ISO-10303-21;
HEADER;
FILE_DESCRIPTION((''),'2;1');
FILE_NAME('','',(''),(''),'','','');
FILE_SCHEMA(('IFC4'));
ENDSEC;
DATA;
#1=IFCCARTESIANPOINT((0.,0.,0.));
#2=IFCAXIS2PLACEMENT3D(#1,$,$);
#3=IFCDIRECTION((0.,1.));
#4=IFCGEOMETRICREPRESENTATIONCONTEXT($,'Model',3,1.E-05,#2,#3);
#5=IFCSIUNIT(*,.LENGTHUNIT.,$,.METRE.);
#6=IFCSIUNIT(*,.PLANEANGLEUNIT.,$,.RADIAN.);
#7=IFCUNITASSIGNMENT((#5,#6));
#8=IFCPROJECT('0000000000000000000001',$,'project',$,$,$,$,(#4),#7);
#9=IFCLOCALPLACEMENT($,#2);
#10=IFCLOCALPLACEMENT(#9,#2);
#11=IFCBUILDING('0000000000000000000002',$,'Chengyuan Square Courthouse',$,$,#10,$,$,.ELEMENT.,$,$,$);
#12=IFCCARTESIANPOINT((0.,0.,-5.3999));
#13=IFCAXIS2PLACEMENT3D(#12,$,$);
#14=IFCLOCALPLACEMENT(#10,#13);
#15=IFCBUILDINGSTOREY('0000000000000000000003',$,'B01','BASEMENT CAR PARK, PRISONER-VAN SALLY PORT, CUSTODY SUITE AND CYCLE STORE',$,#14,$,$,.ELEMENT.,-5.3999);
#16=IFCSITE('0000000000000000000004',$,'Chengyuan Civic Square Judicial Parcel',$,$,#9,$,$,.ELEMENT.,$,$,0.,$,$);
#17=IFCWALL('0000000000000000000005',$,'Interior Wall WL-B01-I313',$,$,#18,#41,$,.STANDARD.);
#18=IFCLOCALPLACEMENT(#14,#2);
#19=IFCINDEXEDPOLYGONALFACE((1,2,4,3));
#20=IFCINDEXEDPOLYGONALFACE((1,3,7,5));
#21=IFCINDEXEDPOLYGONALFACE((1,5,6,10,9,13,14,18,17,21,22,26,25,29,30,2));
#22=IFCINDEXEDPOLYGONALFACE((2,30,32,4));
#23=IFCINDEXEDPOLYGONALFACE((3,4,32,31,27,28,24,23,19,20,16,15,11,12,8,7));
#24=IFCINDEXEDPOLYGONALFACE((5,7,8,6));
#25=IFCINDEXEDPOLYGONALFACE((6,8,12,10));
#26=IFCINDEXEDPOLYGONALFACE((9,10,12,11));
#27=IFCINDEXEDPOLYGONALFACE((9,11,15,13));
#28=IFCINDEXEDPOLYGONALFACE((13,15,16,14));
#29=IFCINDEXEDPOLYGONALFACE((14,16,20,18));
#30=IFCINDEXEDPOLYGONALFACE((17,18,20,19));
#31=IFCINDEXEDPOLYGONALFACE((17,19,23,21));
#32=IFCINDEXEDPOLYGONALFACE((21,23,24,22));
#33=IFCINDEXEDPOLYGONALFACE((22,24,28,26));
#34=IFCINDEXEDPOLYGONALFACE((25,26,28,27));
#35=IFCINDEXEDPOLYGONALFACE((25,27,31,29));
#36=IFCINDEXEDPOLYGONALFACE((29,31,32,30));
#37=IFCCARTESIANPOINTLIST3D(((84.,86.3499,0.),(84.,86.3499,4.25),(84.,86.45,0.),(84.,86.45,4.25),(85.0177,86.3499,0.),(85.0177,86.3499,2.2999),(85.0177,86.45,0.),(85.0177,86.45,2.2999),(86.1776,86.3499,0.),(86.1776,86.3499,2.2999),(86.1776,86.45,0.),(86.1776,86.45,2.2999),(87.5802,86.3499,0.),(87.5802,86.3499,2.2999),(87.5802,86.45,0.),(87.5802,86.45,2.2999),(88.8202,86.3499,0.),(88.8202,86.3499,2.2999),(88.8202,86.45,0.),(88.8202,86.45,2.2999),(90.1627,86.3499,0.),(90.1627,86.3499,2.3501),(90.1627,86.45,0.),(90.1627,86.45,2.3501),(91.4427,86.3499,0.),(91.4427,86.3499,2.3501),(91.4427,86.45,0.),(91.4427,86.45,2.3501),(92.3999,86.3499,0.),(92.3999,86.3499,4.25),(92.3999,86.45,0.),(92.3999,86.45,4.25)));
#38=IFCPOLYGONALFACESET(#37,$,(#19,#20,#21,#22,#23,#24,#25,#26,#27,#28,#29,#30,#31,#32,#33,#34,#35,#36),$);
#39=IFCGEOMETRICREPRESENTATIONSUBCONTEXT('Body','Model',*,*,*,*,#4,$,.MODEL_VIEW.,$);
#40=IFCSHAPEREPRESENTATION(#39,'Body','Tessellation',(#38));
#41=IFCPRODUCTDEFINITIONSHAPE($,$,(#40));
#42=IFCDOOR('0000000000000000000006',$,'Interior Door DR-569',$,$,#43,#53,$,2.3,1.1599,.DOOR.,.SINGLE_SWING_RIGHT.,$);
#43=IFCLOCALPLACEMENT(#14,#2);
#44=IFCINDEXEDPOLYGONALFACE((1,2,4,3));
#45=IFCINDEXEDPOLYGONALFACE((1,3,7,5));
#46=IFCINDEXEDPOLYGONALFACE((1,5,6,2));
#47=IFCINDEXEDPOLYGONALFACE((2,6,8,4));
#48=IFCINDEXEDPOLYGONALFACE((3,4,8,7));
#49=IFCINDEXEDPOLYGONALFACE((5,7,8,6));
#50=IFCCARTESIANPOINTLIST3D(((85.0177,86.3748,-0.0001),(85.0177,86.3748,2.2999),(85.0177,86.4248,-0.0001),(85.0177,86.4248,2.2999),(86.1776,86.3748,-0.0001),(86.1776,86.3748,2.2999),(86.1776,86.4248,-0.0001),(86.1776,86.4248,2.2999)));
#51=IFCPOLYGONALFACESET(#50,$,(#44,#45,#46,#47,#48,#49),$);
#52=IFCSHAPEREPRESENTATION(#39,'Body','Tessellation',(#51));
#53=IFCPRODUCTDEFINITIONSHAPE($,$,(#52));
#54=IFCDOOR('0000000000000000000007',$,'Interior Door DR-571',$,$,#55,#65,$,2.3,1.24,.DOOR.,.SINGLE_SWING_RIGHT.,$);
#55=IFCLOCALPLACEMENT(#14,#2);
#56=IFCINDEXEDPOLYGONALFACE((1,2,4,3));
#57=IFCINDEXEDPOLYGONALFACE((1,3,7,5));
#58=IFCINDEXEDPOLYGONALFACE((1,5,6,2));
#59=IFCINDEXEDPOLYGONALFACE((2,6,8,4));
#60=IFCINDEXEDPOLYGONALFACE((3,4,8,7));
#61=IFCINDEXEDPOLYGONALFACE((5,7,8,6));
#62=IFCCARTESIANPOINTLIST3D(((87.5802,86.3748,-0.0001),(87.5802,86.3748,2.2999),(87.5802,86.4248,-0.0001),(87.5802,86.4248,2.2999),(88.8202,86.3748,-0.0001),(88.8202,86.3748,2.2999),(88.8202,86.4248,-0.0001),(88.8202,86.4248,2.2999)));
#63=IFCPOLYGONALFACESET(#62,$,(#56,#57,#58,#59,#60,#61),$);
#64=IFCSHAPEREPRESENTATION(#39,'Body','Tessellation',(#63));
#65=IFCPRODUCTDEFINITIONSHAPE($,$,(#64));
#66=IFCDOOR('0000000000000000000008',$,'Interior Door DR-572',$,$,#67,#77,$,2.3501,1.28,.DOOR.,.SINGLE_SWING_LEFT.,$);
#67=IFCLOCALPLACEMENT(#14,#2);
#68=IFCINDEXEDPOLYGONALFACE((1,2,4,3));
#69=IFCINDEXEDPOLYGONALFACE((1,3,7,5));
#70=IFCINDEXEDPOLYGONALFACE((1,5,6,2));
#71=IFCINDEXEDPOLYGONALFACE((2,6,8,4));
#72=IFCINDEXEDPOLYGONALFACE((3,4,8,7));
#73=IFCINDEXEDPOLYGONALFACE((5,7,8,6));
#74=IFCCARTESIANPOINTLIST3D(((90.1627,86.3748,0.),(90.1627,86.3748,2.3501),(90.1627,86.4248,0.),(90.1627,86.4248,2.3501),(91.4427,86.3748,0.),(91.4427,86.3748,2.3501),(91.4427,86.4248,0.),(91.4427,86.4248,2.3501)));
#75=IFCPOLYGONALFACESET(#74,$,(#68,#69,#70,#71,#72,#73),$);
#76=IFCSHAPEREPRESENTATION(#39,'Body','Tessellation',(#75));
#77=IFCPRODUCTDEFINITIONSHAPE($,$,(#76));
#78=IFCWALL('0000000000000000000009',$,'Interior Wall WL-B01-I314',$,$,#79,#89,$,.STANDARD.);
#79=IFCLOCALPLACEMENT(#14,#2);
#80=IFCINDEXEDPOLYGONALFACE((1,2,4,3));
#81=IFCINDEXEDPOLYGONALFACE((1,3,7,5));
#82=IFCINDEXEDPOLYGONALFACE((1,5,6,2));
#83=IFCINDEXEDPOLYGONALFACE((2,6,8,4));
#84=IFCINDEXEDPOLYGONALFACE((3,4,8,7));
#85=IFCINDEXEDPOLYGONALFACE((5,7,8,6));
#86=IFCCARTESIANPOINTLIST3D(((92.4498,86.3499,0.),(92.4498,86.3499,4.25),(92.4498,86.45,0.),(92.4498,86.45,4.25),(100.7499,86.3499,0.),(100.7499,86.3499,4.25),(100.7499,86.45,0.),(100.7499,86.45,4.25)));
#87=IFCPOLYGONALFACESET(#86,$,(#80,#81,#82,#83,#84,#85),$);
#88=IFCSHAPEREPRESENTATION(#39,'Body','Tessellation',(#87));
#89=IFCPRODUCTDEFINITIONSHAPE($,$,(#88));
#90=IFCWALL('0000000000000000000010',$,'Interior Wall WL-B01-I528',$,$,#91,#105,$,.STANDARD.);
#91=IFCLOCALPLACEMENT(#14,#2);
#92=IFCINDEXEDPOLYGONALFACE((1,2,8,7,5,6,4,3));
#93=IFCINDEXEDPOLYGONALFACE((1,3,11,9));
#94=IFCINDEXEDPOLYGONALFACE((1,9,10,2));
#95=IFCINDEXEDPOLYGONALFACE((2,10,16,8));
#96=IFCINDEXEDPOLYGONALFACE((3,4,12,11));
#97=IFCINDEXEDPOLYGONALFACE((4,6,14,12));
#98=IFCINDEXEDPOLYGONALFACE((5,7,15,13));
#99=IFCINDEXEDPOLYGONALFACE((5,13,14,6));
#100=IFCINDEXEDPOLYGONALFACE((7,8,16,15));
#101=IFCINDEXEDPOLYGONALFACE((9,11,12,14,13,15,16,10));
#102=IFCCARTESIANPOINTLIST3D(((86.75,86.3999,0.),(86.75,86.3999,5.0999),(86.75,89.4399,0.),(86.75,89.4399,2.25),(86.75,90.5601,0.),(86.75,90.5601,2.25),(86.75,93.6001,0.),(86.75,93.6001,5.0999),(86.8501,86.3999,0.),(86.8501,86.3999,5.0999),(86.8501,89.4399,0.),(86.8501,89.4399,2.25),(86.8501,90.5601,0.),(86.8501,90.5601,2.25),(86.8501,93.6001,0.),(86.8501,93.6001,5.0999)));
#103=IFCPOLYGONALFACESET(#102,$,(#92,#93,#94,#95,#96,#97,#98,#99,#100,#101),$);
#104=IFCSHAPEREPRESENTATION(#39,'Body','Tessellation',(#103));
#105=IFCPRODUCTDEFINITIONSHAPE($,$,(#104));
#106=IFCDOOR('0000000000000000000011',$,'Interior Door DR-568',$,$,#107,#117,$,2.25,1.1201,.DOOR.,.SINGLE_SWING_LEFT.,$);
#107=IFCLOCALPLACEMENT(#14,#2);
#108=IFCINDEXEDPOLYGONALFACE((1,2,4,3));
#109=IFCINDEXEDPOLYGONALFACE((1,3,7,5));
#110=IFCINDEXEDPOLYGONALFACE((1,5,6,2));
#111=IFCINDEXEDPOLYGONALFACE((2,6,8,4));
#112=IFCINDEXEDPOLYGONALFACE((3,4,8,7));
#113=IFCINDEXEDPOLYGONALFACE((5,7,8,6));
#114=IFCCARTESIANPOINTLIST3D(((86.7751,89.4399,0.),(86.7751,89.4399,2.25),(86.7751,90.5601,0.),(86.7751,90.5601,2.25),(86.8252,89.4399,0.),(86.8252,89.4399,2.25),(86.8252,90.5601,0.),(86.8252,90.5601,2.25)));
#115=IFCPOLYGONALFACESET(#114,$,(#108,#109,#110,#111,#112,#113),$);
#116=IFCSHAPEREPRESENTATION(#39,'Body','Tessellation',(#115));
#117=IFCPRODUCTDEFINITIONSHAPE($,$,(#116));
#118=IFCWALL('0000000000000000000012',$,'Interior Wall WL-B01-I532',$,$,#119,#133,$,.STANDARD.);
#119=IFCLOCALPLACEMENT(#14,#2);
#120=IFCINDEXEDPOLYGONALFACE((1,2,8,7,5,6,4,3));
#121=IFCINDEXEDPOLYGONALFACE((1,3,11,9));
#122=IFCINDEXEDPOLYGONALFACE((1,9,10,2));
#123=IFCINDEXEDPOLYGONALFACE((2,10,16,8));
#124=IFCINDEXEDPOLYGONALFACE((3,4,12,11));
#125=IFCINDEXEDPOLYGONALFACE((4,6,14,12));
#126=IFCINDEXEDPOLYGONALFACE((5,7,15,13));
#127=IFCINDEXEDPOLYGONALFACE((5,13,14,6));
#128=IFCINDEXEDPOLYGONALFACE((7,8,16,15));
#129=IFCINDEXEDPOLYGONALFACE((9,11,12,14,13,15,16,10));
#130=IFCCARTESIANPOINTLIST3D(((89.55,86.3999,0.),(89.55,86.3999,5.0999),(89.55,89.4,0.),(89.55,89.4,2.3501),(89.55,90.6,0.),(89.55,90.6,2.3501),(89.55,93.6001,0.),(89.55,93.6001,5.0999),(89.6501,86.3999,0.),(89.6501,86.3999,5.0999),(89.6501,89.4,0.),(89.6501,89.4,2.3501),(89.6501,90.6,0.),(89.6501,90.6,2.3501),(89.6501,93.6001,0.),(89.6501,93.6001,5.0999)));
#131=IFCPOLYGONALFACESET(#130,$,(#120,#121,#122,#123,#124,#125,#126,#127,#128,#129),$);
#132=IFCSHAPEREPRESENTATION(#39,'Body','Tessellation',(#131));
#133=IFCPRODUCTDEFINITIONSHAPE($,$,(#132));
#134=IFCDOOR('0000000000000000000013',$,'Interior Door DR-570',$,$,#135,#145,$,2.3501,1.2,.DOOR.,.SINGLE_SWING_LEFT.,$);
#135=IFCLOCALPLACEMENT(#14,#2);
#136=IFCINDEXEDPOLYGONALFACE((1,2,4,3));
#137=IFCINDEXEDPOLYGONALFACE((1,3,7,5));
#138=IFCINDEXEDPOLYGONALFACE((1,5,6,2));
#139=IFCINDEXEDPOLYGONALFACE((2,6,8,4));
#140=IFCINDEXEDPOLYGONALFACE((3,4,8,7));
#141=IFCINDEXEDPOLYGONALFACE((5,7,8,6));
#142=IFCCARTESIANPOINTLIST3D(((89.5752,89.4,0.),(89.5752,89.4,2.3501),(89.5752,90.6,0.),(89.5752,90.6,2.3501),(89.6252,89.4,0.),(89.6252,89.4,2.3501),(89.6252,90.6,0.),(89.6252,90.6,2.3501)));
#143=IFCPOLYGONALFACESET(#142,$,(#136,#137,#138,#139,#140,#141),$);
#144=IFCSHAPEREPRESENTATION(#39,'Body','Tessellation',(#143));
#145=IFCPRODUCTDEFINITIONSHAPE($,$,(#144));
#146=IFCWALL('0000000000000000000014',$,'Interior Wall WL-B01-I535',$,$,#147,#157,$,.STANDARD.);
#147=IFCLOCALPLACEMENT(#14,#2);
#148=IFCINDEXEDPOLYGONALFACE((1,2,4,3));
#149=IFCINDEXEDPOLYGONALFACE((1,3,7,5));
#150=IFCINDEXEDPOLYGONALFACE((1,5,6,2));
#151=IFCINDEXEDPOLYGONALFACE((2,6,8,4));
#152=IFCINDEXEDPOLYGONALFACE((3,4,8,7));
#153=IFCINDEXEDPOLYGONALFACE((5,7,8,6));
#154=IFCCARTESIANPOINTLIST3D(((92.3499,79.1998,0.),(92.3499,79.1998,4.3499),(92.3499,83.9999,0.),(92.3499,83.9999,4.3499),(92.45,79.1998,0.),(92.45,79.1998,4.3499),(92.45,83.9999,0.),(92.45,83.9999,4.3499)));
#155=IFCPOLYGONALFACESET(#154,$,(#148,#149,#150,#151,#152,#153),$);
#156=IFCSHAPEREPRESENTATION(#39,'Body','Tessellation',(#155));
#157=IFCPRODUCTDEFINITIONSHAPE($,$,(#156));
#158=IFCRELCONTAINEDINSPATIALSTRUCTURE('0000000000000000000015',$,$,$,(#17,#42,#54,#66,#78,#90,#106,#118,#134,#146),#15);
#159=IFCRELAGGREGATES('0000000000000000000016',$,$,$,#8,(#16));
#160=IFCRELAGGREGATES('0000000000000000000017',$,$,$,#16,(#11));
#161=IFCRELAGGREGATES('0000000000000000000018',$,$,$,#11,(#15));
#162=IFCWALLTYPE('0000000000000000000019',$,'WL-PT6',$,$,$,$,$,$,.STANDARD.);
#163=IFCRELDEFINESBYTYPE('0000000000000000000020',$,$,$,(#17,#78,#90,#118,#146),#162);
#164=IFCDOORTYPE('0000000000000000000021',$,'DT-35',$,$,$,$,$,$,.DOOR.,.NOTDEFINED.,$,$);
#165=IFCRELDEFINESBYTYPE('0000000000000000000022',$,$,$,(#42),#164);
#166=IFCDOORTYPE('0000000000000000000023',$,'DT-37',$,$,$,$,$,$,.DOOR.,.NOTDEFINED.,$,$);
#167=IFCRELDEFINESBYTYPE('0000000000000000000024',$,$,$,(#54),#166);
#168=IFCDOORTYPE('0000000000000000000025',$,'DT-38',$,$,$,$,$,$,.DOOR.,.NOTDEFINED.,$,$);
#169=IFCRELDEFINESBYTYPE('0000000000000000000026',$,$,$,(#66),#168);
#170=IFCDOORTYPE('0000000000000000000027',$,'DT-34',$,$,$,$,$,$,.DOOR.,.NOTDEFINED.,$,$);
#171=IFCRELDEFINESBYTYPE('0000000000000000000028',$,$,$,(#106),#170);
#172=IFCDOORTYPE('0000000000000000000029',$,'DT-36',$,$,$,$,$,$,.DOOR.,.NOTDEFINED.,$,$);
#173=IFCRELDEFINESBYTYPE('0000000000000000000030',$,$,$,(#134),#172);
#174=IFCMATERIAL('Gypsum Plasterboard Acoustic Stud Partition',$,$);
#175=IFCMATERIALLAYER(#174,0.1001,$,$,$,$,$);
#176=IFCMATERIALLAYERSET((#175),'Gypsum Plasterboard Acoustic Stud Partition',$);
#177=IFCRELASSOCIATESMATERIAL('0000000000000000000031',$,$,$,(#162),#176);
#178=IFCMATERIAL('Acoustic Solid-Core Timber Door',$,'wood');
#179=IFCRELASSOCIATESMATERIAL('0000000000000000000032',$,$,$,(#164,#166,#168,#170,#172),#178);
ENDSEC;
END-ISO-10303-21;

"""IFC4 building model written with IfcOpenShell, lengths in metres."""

from ifc_helpers import new_model, si_unit, direction, frame, frame_2d, origin, place, context, subcontext, project, spatial, rectangle, extrude, material, layer, layer_set, type_object, element, fill, save


model = new_model("IFC4")

# Units and contexts
model_context = context("Model", 3, precision=1e-05, world=origin(), true_north=direction((0.0, 1.0)))
body_context = subcontext(model_context, "Body", "Model", "MODEL_VIEW")
ifc_project = project(units=[si_unit("LENGTHUNIT", "METRE"), si_unit("PLANEANGLEUNIT", "RADIAN")], contexts=[model_context])

# Site, building, storey
site_placement = place(None, origin())
site = spatial("IfcSite", under=ifc_project, at=site_placement, Name="Chengyuan Civic Square Judicial Parcel", CompositionType="ELEMENT", RefElevation=0.0)
building_placement = place(site_placement, origin())
building = spatial("IfcBuilding", under=site, at=building_placement, Name="Chengyuan Square Courthouse", CompositionType="ELEMENT")
storey_placement = place(building_placement, frame((0.0, 0.0, -5.3999)))
storey = spatial("IfcBuildingStorey", under=building, at=storey_placement, Name="B01", Description="BASEMENT CAR PARK, PRISONER-VAN SALLY PORT, CUSTODY SUITE AND CYCLE STORE", CompositionType="ELEMENT", Elevation=-5.3999)

# Wall, openings, doors
ifc_material_1 = material(Name="Gypsum Plasterboard Acoustic Stud Partition")
ifc_layer = layer(ifc_material_1, 0.1001)
ifc_layer_set = layer_set([ifc_layer], Name="Gypsum Plasterboard Acoustic Stud Partition")
wall_type = type_object("IfcWallType", Name="WL-PT6", PredefinedType="STANDARD", material=ifc_layer_set)
wall_1_placement = place(storey_placement, frame((84.0, 86.3999, 0.0), z_axis=(0.0, 0.0, 1.0), x_axis=(1.0, 0.0, 0.0)))
wall_1 = element("IfcWall", 1, at=wall_1_placement, inside=storey, type_object=wall_type, Name="Interior Wall WL-B01-I313", PredefinedType="STANDARD", context=body_context, shape_type="SweptSolid", body=[
    extrude(rectangle(XDim=8.3999, YDim=0.1001, at=frame_2d((4.2, 0.0))), origin(), (0.0, 0.0, 1.0), 4.25),
])
opening_1_placement = place(wall_1_placement, frame((1.0176, 0.0, 0.0)))
opening_1 = element("IfcOpeningElement", 2, at=opening_1_placement, cuts=wall_1, PredefinedType="OPENING", context=body_context, shape_type="SweptSolid", body=[
    extrude(rectangle(XDim=1.1599, YDim=2.3, at=frame_2d((0.5801, 1.1499))), frame((0.0, 0.062, 0.0), z_axis=(0.0, -1.0, 0.0), x_axis=(1.0, 0.0, 0.0)), (0.0, 0.0, 1.0), 0.124),
])
opening_2_placement = place(wall_1_placement, frame((3.5801, 0.0, 0.0)))
opening_2 = element("IfcOpeningElement", 3, at=opening_2_placement, cuts=wall_1, PredefinedType="OPENING", context=body_context, shape_type="SweptSolid", body=[
    extrude(rectangle(XDim=1.24, YDim=2.3, at=frame_2d((0.6201, 1.1499))), frame((0.0, 0.062, 0.0), z_axis=(0.0, -1.0, 0.0), x_axis=(1.0, 0.0, 0.0)), (0.0, 0.0, 1.0), 0.124),
])
opening_3_placement = place(wall_1_placement, frame((6.1626, 0.0, 0.0)))
opening_3 = element("IfcOpeningElement", 4, at=opening_3_placement, cuts=wall_1, PredefinedType="OPENING", context=body_context, shape_type="SweptSolid", body=[
    extrude(rectangle(XDim=1.28, YDim=2.3501, at=frame_2d((0.6401, 1.175))), frame((0.0, 0.062, 0.0), z_axis=(0.0, -1.0, 0.0), x_axis=(1.0, 0.0, 0.0)), (0.0, 0.0, 1.0), 0.124),
])
ifc_material_2 = material(Name="Acoustic Solid-Core Timber Door", Category="wood")
door_type_1 = type_object("IfcDoorType", Name="DT-35", OperationType="NOTDEFINED", PredefinedType="DOOR", material=ifc_material_2)
door_1_placement = place(opening_1_placement, origin())
door_1 = element("IfcDoor", 5, at=door_1_placement, inside=storey, type_object=door_type_1, Name="Interior Door DR-569", OperationType="SINGLE_SWING_RIGHT", OverallHeight=2.3, OverallWidth=1.1599, PredefinedType="DOOR", context=body_context, shape_type="SweptSolid", body=[
    extrude(rectangle(XDim=1.1599, YDim=2.3, at=frame_2d((0.5801, 1.1499))), frame((0.0, 0.0249, 0.0), z_axis=(0.0, -1.0, 0.0), x_axis=(1.0, 0.0, 0.0)), (0.0, 0.0, 1.0), 0.05),
])
fill(opening_1, door_1)
door_type_2 = type_object("IfcDoorType", Name="DT-37", OperationType="NOTDEFINED", PredefinedType="DOOR", material=ifc_material_2)
door_2_placement = place(opening_2_placement, origin())
door_2 = element("IfcDoor", 6, at=door_2_placement, inside=storey, type_object=door_type_2, Name="Interior Door DR-571", OperationType="SINGLE_SWING_RIGHT", OverallHeight=2.3, OverallWidth=1.24, PredefinedType="DOOR", context=body_context, shape_type="SweptSolid", body=[
    extrude(rectangle(XDim=1.24, YDim=2.3, at=frame_2d((0.6201, 1.1499))), frame((0.0, 0.0249, 0.0), z_axis=(0.0, -1.0, 0.0), x_axis=(1.0, 0.0, 0.0)), (0.0, 0.0, 1.0), 0.05),
])
fill(opening_2, door_2)
door_type_3 = type_object("IfcDoorType", Name="DT-38", OperationType="NOTDEFINED", PredefinedType="DOOR", material=ifc_material_2)
door_3_placement = place(opening_3_placement, origin())
door_3 = element("IfcDoor", 7, at=door_3_placement, inside=storey, type_object=door_type_3, Name="Interior Door DR-572", OperationType="SINGLE_SWING_LEFT", OverallHeight=2.3501, OverallWidth=1.28, PredefinedType="DOOR", context=body_context, shape_type="SweptSolid", body=[
    extrude(rectangle(XDim=1.28, YDim=2.3501, at=frame_2d((0.6401, 1.175))), frame((0.0, 0.0249, 0.0), z_axis=(0.0, -1.0, 0.0), x_axis=(1.0, 0.0, 0.0)), (0.0, 0.0, 1.0), 0.05),
])
fill(opening_3, door_3)

# Wall
wall_2_placement = place(storey_placement, frame((92.45, 86.3999, 0.0), z_axis=(0.0, 0.0, 1.0), x_axis=(1.0, 0.0, 0.0)))
element("IfcWall", 8, at=wall_2_placement, inside=storey, type_object=wall_type, Name="Interior Wall WL-B01-I314", PredefinedType="STANDARD", context=body_context, shape_type="SweptSolid", body=[
    extrude(rectangle(XDim=8.3, YDim=0.1001, at=frame_2d((4.1499, 0.0))), origin(), (0.0, 0.0, 1.0), 4.25),
])

# Walls, openings, doors
wall_3_placement = place(storey_placement, frame((86.8, 86.3999, 0.0), z_axis=(0.0, 0.0, 1.0), x_axis=(0.0, 1.0, 0.0)))
wall_3 = element("IfcWall", 9, at=wall_3_placement, inside=storey, type_object=wall_type, Name="Interior Wall WL-B01-I528", PredefinedType="STANDARD", context=body_context, shape_type="SweptSolid", body=[
    extrude(rectangle(XDim=7.2002, YDim=0.1001, at=frame_2d((3.6001, 0.0))), origin(), (0.0, 0.0, 1.0), 5.0999),
])
opening_4_placement = place(wall_3_placement, frame((3.04, 0.0, 0.0)))
opening_4 = element("IfcOpeningElement", 10, at=opening_4_placement, cuts=wall_3, PredefinedType="OPENING", context=body_context, shape_type="SweptSolid", body=[
    extrude(rectangle(XDim=1.1201, YDim=2.25, at=frame_2d((0.5601, 1.125))), frame((0.0, 0.062, 0.0), z_axis=(0.0, -1.0, 0.0), x_axis=(1.0, 0.0, 0.0)), (0.0, 0.0, 1.0), 0.124),
])
door_type_4 = type_object("IfcDoorType", Name="DT-34", OperationType="NOTDEFINED", PredefinedType="DOOR", material=ifc_material_2)
door_4_placement = place(opening_4_placement, origin())
door_4 = element("IfcDoor", 11, at=door_4_placement, inside=storey, type_object=door_type_4, Name="Interior Door DR-568", OperationType="SINGLE_SWING_LEFT", OverallHeight=2.25, OverallWidth=1.1201, PredefinedType="DOOR", context=body_context, shape_type="SweptSolid", body=[
    extrude(rectangle(XDim=1.1201, YDim=2.25, at=frame_2d((0.5601, 1.125))), frame((0.0, 0.0249, 0.0), z_axis=(0.0, -1.0, 0.0), x_axis=(1.0, 0.0, 0.0)), (0.0, 0.0, 1.0), 0.05),
])
fill(opening_4, door_4)
wall_4_placement = place(storey_placement, frame((89.6001, 86.3999, 0.0), z_axis=(0.0, 0.0, 1.0), x_axis=(0.0, 1.0, 0.0)))
wall_4 = element("IfcWall", 12, at=wall_4_placement, inside=storey, type_object=wall_type, Name="Interior Wall WL-B01-I532", PredefinedType="STANDARD", context=body_context, shape_type="SweptSolid", body=[
    extrude(rectangle(XDim=7.2002, YDim=0.1001, at=frame_2d((3.6001, 0.0))), origin(), (0.0, 0.0, 1.0), 5.0999),
])
opening_5_placement = place(wall_4_placement, frame((3.0, 0.0, 0.0)))
opening_5 = element("IfcOpeningElement", 13, at=opening_5_placement, cuts=wall_4, PredefinedType="OPENING", context=body_context, shape_type="SweptSolid", body=[
    extrude(rectangle(XDim=1.2, YDim=2.3501, at=frame_2d((0.6001, 1.175))), frame((0.0, 0.062, 0.0), z_axis=(0.0, -1.0, 0.0), x_axis=(1.0, 0.0, 0.0)), (0.0, 0.0, 1.0), 0.124),
])
door_type_5 = type_object("IfcDoorType", Name="DT-36", OperationType="NOTDEFINED", PredefinedType="DOOR", material=ifc_material_2)
door_5_placement = place(opening_5_placement, origin())
door_5 = element("IfcDoor", 14, at=door_5_placement, inside=storey, type_object=door_type_5, Name="Interior Door DR-570", OperationType="SINGLE_SWING_LEFT", OverallHeight=2.3501, OverallWidth=1.2, PredefinedType="DOOR", context=body_context, shape_type="SweptSolid", body=[
    extrude(rectangle(XDim=1.2, YDim=2.3501, at=frame_2d((0.6001, 1.175))), frame((0.0, 0.0249, 0.0), z_axis=(0.0, -1.0, 0.0), x_axis=(1.0, 0.0, 0.0)), (0.0, 0.0, 1.0), 0.05),
])
fill(opening_5, door_5)

# Wall
wall_5_placement = place(storey_placement, frame((92.3999, 79.2, 0.0), z_axis=(0.0, 0.0, 1.0), x_axis=(0.0, 1.0, 0.0)))
element("IfcWall", 15, at=wall_5_placement, inside=storey, type_object=wall_type, Name="Interior Wall WL-B01-I535", PredefinedType="STANDARD", context=body_context, shape_type="SweptSolid", body=[
    extrude(rectangle(XDim=4.8, YDim=0.1001, at=frame_2d((2.3999, 0.0))), origin(), (0.0, 0.0, 1.0), 4.3499),
])

save(model, "model.ifc")
